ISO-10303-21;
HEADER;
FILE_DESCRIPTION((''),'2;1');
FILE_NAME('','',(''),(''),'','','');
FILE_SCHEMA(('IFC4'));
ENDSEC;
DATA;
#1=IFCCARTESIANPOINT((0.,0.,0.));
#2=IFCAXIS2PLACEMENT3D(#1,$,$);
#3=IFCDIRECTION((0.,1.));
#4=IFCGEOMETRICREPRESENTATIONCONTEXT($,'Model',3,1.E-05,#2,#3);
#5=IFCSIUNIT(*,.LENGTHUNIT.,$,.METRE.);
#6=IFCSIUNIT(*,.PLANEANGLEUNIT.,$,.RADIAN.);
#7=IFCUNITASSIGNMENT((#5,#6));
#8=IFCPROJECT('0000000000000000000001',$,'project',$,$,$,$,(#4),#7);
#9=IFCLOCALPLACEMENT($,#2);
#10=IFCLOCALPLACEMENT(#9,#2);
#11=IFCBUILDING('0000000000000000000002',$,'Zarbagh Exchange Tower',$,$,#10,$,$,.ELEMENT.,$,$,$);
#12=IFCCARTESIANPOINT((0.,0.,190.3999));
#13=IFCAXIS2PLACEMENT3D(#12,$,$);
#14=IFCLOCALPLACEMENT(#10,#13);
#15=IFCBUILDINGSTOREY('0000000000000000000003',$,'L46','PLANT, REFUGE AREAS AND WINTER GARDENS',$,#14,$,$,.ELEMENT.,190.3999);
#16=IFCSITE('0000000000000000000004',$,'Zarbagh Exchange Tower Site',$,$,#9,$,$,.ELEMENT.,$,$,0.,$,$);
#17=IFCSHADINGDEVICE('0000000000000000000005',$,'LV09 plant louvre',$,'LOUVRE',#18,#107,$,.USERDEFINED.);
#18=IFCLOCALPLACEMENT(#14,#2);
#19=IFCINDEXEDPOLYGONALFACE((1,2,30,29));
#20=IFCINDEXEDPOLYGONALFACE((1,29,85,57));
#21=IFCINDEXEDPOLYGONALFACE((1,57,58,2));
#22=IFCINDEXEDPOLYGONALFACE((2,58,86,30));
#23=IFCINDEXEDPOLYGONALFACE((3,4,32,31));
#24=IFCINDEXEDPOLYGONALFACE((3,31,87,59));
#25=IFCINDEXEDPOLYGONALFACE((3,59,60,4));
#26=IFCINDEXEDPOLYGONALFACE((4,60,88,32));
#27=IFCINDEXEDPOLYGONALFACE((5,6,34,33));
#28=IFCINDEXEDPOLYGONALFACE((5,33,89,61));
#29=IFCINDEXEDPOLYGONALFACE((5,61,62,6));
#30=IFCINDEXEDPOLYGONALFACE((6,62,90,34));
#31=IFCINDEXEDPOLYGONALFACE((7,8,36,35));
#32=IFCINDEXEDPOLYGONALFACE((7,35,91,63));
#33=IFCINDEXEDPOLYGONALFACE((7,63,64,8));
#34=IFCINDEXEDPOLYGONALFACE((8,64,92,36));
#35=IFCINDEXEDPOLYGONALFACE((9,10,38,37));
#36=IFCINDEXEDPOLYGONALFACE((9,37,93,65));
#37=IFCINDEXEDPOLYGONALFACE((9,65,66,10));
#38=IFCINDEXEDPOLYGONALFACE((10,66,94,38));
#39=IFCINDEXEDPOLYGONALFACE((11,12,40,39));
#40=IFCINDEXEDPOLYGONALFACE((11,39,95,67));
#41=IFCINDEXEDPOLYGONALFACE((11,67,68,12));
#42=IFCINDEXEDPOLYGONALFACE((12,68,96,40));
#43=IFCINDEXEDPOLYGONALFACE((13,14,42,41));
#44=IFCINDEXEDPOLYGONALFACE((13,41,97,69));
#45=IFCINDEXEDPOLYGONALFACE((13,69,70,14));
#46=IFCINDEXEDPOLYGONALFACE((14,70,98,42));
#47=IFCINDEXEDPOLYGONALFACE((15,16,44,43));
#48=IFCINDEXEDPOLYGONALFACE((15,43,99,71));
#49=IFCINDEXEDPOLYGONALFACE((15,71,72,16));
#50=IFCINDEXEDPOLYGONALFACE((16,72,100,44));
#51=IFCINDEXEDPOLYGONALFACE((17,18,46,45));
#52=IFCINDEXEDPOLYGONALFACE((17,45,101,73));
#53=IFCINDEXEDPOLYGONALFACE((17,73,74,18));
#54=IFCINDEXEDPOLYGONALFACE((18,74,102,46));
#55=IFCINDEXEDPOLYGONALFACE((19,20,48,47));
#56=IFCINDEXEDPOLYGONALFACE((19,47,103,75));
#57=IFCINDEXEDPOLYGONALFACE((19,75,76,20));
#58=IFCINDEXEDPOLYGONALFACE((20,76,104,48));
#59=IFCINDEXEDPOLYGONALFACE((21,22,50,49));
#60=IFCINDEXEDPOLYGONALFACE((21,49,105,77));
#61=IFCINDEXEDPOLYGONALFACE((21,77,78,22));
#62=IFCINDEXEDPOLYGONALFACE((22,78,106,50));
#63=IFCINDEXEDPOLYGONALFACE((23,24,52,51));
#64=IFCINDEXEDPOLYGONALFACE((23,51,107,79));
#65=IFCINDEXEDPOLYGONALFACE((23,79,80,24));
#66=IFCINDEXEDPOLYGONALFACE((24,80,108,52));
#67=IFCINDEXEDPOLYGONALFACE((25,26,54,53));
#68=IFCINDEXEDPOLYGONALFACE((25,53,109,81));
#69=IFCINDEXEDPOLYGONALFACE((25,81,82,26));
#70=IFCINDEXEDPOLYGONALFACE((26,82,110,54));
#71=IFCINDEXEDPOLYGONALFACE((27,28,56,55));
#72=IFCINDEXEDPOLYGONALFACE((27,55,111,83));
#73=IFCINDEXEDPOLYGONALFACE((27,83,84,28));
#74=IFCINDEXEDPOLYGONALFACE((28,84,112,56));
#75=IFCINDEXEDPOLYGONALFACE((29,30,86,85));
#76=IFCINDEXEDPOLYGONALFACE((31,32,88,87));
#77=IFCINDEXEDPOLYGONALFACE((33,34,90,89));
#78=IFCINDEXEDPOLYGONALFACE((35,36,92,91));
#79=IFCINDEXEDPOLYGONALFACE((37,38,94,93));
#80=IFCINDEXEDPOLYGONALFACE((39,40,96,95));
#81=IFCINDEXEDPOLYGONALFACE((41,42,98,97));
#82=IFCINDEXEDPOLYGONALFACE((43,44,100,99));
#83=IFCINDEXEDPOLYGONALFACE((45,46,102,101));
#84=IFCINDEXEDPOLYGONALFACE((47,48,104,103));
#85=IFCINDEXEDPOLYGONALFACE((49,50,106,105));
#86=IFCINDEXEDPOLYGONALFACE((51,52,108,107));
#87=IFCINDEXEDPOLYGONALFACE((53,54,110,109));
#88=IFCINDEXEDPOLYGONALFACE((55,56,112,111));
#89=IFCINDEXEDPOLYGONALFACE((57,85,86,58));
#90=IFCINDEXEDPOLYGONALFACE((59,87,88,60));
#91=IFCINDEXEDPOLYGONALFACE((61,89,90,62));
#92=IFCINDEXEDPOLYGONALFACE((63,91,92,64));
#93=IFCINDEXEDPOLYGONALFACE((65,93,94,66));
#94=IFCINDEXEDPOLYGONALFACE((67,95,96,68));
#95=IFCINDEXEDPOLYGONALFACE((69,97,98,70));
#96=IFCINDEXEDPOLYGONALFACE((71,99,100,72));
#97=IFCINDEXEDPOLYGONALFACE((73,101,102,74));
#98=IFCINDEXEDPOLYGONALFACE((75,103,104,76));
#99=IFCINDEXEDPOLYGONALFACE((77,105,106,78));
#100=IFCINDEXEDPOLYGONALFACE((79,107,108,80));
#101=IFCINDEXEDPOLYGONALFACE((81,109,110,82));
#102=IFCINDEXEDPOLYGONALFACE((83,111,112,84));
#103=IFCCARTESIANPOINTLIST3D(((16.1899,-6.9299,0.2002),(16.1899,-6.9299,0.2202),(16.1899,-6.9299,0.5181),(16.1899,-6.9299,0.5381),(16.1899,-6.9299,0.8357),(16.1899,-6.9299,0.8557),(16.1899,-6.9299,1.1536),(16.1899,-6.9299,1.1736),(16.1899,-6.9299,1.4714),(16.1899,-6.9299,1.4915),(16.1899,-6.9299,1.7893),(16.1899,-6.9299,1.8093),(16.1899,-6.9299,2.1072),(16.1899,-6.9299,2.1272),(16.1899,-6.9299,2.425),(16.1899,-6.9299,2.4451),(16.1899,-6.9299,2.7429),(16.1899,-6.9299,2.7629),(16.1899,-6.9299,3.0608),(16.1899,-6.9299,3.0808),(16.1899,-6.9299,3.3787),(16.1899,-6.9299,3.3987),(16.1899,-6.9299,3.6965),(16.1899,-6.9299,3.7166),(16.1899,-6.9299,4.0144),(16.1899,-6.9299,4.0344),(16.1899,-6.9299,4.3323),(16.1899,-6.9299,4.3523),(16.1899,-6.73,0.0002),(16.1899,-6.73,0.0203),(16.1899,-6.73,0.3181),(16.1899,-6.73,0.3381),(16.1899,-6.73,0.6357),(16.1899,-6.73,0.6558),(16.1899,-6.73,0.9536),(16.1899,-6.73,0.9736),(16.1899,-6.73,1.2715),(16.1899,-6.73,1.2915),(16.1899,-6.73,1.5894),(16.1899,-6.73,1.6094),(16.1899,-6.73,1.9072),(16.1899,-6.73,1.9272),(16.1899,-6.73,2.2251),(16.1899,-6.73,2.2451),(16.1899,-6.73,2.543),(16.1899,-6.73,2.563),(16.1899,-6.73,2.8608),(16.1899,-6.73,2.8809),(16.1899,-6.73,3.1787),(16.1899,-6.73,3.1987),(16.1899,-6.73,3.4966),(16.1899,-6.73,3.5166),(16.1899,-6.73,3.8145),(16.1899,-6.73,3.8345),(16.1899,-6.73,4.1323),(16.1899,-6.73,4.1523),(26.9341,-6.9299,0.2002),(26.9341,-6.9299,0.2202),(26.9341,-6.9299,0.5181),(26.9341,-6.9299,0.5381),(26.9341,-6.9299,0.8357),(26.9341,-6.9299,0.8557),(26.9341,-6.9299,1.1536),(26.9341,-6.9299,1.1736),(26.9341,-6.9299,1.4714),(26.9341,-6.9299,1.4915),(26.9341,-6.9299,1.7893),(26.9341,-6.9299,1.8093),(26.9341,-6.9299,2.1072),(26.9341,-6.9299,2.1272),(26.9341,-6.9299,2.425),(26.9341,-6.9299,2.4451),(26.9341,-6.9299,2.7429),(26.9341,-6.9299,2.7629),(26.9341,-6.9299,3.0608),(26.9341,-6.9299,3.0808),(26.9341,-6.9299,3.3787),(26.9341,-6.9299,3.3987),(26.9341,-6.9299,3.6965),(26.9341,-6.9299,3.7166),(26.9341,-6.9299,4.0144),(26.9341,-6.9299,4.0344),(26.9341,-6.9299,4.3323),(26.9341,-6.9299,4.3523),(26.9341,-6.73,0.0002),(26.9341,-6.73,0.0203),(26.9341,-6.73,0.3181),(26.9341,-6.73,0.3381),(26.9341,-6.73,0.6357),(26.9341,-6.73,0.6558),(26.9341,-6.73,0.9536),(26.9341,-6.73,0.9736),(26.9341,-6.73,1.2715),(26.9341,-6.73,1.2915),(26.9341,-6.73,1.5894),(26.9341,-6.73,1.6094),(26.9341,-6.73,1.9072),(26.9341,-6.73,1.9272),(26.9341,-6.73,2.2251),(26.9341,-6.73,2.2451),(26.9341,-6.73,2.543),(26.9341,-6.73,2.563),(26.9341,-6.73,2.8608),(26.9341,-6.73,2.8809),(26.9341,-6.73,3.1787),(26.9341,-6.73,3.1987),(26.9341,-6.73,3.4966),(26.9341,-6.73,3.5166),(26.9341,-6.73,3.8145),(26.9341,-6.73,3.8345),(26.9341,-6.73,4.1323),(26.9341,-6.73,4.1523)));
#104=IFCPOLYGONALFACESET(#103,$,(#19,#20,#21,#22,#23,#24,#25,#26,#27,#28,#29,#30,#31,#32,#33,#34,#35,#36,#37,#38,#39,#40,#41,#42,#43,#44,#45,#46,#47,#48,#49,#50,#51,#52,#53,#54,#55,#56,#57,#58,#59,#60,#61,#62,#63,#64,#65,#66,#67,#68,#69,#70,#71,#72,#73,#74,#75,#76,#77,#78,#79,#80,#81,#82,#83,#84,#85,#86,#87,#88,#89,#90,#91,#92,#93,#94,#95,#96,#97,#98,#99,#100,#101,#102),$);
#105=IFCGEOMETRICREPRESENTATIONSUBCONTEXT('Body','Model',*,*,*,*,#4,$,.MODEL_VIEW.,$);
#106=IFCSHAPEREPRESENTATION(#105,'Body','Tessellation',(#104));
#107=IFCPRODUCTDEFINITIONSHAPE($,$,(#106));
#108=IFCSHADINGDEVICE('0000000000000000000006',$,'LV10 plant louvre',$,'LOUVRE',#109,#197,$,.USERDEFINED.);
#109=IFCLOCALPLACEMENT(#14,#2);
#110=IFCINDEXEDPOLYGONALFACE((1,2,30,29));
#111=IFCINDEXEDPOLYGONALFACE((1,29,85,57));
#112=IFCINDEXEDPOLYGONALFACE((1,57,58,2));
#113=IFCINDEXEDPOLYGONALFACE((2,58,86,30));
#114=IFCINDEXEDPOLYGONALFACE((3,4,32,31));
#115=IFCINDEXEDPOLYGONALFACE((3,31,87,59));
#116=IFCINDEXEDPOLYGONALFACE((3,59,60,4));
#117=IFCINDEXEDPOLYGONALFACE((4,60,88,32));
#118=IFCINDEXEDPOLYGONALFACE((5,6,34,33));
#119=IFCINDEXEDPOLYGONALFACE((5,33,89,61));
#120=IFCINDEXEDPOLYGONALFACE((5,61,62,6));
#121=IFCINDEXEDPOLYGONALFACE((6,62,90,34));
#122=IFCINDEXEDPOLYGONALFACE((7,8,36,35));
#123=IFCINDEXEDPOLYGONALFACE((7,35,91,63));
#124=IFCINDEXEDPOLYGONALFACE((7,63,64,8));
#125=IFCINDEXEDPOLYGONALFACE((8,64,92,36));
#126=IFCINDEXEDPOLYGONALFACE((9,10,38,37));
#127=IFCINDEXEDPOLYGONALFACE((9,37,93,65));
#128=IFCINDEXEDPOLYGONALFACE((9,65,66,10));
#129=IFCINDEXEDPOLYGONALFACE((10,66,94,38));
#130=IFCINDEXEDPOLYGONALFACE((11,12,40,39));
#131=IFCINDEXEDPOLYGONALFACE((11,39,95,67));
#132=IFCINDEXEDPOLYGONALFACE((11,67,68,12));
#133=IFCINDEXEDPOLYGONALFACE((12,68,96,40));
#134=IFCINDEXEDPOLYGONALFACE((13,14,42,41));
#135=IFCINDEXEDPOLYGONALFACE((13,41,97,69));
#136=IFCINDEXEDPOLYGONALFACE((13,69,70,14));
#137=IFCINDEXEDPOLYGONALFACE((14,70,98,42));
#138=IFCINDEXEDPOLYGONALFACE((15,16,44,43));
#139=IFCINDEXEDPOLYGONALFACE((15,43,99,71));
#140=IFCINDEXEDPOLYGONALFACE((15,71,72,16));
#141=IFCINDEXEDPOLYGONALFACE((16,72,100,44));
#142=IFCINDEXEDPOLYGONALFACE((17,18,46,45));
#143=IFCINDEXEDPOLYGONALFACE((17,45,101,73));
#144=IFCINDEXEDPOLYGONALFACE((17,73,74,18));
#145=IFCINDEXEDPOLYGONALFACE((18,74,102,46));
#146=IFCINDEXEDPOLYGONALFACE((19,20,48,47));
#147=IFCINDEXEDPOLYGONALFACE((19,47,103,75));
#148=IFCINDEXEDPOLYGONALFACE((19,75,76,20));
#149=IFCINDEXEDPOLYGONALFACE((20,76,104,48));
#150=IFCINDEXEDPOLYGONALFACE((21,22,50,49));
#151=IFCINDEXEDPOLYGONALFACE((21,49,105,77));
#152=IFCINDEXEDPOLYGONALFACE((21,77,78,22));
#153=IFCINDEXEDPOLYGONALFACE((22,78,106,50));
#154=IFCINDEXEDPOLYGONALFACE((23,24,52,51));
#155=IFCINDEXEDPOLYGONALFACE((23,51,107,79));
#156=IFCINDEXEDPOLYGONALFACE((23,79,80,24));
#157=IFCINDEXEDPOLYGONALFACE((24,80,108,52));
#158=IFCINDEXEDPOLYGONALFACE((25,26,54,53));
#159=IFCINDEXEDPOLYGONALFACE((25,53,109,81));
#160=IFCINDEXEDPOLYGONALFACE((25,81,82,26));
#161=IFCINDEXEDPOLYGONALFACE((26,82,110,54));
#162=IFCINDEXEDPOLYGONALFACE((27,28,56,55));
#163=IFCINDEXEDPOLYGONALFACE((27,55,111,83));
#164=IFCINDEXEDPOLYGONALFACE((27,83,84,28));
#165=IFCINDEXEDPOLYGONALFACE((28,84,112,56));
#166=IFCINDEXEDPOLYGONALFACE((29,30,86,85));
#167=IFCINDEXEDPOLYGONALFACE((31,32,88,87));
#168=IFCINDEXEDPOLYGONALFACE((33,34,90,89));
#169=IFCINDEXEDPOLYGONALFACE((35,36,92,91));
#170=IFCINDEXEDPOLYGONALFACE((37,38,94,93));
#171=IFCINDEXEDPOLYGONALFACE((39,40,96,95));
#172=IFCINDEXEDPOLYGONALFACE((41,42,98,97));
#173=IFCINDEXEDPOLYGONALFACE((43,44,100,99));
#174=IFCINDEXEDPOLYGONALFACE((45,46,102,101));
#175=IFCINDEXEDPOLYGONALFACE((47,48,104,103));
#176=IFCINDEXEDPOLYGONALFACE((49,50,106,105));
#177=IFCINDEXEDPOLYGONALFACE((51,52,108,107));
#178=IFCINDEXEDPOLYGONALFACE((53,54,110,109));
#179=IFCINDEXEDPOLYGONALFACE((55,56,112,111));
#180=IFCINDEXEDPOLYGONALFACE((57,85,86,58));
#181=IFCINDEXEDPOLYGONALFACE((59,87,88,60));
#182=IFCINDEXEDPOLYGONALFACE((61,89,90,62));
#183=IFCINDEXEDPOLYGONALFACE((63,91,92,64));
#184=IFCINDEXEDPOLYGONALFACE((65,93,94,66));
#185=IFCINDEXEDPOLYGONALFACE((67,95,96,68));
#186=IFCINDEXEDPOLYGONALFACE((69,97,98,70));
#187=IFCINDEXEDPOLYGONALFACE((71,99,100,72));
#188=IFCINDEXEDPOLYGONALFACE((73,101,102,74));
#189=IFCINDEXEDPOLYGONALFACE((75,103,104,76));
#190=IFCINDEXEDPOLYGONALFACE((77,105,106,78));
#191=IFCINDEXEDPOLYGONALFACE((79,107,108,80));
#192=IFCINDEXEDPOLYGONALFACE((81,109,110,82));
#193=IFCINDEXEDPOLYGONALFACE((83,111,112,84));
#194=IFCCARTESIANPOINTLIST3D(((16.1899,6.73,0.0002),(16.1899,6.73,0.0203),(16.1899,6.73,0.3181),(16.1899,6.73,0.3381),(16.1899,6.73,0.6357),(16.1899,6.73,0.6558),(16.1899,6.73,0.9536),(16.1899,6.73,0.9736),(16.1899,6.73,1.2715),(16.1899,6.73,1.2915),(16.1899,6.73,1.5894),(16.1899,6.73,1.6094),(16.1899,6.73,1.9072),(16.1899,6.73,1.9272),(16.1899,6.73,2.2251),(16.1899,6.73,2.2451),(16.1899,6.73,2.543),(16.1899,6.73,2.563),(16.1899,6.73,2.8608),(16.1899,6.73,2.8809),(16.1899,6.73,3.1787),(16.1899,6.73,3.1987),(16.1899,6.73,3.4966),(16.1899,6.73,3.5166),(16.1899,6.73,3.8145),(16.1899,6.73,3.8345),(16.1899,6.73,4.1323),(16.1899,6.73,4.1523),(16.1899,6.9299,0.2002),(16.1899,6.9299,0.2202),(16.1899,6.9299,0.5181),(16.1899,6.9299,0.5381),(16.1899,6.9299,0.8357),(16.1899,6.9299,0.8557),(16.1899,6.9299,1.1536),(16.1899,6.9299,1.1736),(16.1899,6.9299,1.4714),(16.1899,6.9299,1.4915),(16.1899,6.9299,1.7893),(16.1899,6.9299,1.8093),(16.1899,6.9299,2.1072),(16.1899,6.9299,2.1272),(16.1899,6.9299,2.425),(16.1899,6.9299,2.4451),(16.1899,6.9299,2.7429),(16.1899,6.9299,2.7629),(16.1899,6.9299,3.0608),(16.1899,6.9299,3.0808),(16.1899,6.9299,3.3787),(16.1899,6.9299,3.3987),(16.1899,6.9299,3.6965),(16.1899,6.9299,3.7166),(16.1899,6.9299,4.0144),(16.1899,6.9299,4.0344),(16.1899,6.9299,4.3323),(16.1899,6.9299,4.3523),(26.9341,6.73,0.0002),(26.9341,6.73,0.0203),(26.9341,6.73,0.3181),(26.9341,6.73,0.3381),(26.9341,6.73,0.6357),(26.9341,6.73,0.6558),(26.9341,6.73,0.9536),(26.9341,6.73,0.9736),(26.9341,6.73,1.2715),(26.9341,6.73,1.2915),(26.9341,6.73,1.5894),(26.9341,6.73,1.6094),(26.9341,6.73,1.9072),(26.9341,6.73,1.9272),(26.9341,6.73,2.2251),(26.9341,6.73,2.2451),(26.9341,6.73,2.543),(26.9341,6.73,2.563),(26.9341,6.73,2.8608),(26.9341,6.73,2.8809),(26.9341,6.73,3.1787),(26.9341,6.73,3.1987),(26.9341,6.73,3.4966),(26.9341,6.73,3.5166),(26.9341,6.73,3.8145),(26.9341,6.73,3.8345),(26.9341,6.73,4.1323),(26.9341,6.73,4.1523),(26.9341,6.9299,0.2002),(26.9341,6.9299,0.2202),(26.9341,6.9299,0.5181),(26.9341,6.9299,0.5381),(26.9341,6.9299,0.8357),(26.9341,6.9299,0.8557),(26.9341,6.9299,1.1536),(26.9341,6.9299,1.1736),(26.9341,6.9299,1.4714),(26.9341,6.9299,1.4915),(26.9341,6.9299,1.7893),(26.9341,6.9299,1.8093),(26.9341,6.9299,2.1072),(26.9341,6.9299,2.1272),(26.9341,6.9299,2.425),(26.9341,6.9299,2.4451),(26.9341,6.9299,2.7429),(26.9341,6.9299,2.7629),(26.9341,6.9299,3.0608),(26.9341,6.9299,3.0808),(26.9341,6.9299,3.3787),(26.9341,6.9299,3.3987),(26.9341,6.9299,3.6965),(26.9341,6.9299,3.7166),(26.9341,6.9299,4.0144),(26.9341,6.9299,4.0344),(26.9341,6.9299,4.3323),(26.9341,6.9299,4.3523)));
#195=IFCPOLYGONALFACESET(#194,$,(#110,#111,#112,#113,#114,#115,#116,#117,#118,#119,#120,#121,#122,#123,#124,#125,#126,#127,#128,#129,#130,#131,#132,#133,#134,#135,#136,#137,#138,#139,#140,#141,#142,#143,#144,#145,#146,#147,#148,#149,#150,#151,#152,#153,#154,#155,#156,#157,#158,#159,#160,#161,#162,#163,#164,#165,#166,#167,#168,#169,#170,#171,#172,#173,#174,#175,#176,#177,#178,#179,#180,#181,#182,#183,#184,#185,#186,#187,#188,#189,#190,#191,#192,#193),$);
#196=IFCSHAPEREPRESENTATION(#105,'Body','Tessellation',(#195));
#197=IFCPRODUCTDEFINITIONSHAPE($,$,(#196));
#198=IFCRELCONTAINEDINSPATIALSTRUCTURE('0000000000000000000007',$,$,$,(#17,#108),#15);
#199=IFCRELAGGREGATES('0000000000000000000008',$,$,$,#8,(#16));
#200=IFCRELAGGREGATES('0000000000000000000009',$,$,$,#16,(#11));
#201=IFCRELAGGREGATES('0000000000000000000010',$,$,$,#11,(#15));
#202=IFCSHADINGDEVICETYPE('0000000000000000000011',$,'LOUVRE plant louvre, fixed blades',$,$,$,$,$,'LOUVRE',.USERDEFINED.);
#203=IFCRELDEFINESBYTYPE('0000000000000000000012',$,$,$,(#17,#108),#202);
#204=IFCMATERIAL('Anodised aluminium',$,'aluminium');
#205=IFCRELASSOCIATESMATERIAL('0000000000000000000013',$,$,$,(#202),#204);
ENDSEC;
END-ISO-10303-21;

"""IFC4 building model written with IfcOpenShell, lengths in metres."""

from ifc_helpers import new_model, si_unit, direction, frame, origin, place, context, subcontext, project, spatial, polyline, outline, extrude, source, transform, mapped, material, type_object, element, save


model = new_model("IFC4")

# Units and contexts
model_context = context("Model", 3, precision=1e-05, world=origin(), true_north=direction((0.0, 1.0)))
body_context = subcontext(model_context, "Body", "Model", "MODEL_VIEW")
ifc_project = project(units=[si_unit("LENGTHUNIT", "METRE"), si_unit("PLANEANGLEUNIT", "RADIAN")], contexts=[model_context])

# Site, building, storey
site_placement = place(None, origin())
site = spatial("IfcSite", under=ifc_project, at=site_placement, Name="Zarbagh Exchange Tower Site", CompositionType="ELEMENT", RefElevation=0.0)
building_placement = place(site_placement, origin())
building = spatial("IfcBuilding", under=site, at=building_placement, Name="Zarbagh Exchange Tower", CompositionType="ELEMENT")
storey_placement = place(building_placement, frame((0.0, 0.0, 190.3999)))
storey = spatial("IfcBuildingStorey", under=building, at=storey_placement, Name="L46", Description="PLANT, REFUGE AREAS AND WINTER GARDENS", CompositionType="ELEMENT", Elevation=190.3999)

# Shared definitions
placement = place(storey_placement, origin())

# Shared definitions
ifc_material_1 = material(Name="Anodised aluminium", Category="aluminium")
shading_device_type = type_object("IfcShadingDeviceType", Name="LOUVRE plant louvre, fixed blades", ElementType="LOUVRE", PredefinedType="USERDEFINED", material=ifc_material_1)

# Shading devices
shared_shape_1 = source(origin(), body_context, "Body", "SweptSolid", [
    extrude(outline(polyline([(0.0, 0.2), (0.2, 0.0), (0.2, -0.02), (0.0, 0.1799), (0.0, 0.2)])), origin(), (0.0, 0.0, 1.0), 10.7441),
])
element("IfcShadingDevice", 1, at=placement, inside=storey, type_object=shading_device_type, Name="LV09 plant louvre", ObjectType="LOUVRE", PredefinedType="USERDEFINED", context=body_context, shape_type="MappedRepresentation", body=[
    mapped(shared_shape_1, transform((16.1899, -6.73, 0.2002), x_axis=(0.0, -1.0, 0.0), y_axis=(0.0, 0.0, -1.0), z_axis=(1.0, 0.0, 0.0))),
    mapped(shared_shape_1, transform((16.1899, -6.73, 0.5181), x_axis=(0.0, -1.0, 0.0), y_axis=(0.0, 0.0, -1.0), z_axis=(1.0, 0.0, 0.0))),
    mapped(shared_shape_1, transform((16.1899, -6.73, 0.8357), x_axis=(0.0, -1.0, 0.0), y_axis=(0.0, 0.0, -1.0), z_axis=(1.0, 0.0, 0.0))),
    mapped(shared_shape_1, transform((16.1899, -6.73, 1.1536), x_axis=(0.0, -1.0, 0.0), y_axis=(0.0, 0.0, -1.0), z_axis=(1.0, 0.0, 0.0))),
    mapped(shared_shape_1, transform((16.1899, -6.73, 1.4714), x_axis=(0.0, -1.0, 0.0), y_axis=(0.0, 0.0, -1.0), z_axis=(1.0, 0.0, 0.0))),
    mapped(shared_shape_1, transform((16.1899, -6.73, 1.7893), x_axis=(0.0, -1.0, 0.0), y_axis=(0.0, 0.0, -1.0), z_axis=(1.0, 0.0, 0.0))),
    mapped(shared_shape_1, transform((16.1899, -6.73, 2.1072), x_axis=(0.0, -1.0, 0.0), y_axis=(0.0, 0.0, -1.0), z_axis=(1.0, 0.0, 0.0))),
    mapped(shared_shape_1, transform((16.1899, -6.73, 2.425), x_axis=(0.0, -1.0, 0.0), y_axis=(0.0, 0.0, -1.0), z_axis=(1.0, 0.0, 0.0))),
    mapped(shared_shape_1, transform((16.1899, -6.73, 2.7429), x_axis=(0.0, -1.0, 0.0), y_axis=(0.0, 0.0, -1.0), z_axis=(1.0, 0.0, 0.0))),
    mapped(shared_shape_1, transform((16.1899, -6.73, 3.0608), x_axis=(0.0, -1.0, 0.0), y_axis=(0.0, 0.0, -1.0), z_axis=(1.0, 0.0, 0.0))),
    mapped(shared_shape_1, transform((16.1899, -6.73, 3.3787), x_axis=(0.0, -1.0, 0.0), y_axis=(0.0, 0.0, -1.0), z_axis=(1.0, 0.0, 0.0))),
    mapped(shared_shape_1, transform((16.1899, -6.73, 3.6965), x_axis=(0.0, -1.0, 0.0), y_axis=(0.0, 0.0, -1.0), z_axis=(1.0, 0.0, 0.0))),
    mapped(shared_shape_1, transform((16.1899, -6.73, 4.0144), x_axis=(0.0, -1.0, 0.0), y_axis=(0.0, 0.0, -1.0), z_axis=(1.0, 0.0, 0.0))),
    mapped(shared_shape_1, transform((16.1899, -6.73, 4.3323), x_axis=(0.0, -1.0, 0.0), y_axis=(0.0, 0.0, -1.0), z_axis=(1.0, 0.0, 0.0))),
])
element("IfcShadingDevice", 2, at=placement, inside=storey, type_object=shading_device_type, Name="LV10 plant louvre", ObjectType="LOUVRE", PredefinedType="USERDEFINED", context=body_context, shape_type="MappedRepresentation", body=[
    mapped(shared_shape_1, transform((26.9341, 6.73, 0.2002), x_axis=(0.0, 1.0, 0.0), y_axis=(0.0, 0.0, -1.0), z_axis=(-1.0, 0.0, 0.0))),
    mapped(shared_shape_1, transform((26.9341, 6.73, 0.5181), x_axis=(0.0, 1.0, 0.0), y_axis=(0.0, 0.0, -1.0), z_axis=(-1.0, 0.0, 0.0))),
    mapped(shared_shape_1, transform((26.9341, 6.73, 0.8357), x_axis=(0.0, 1.0, 0.0), y_axis=(0.0, 0.0, -1.0), z_axis=(-1.0, 0.0, 0.0))),
    mapped(shared_shape_1, transform((26.9341, 6.73, 1.1536), x_axis=(0.0, 1.0, 0.0), y_axis=(0.0, 0.0, -1.0), z_axis=(-1.0, 0.0, 0.0))),
    mapped(shared_shape_1, transform((26.9341, 6.73, 1.4714), x_axis=(0.0, 1.0, 0.0), y_axis=(0.0, 0.0, -1.0), z_axis=(-1.0, 0.0, 0.0))),
    mapped(shared_shape_1, transform((26.9341, 6.73, 1.7893), x_axis=(0.0, 1.0, 0.0), y_axis=(0.0, 0.0, -1.0), z_axis=(-1.0, 0.0, 0.0))),
    mapped(shared_shape_1, transform((26.9341, 6.73, 2.1072), x_axis=(0.0, 1.0, 0.0), y_axis=(0.0, 0.0, -1.0), z_axis=(-1.0, 0.0, 0.0))),
    mapped(shared_shape_1, transform((26.9341, 6.73, 2.425), x_axis=(0.0, 1.0, 0.0), y_axis=(0.0, 0.0, -1.0), z_axis=(-1.0, 0.0, 0.0))),
    mapped(shared_shape_1, transform((26.9341, 6.73, 2.7429), x_axis=(0.0, 1.0, 0.0), y_axis=(0.0, 0.0, -1.0), z_axis=(-1.0, 0.0, 0.0))),
    mapped(shared_shape_1, transform((26.9341, 6.73, 3.0608), x_axis=(0.0, 1.0, 0.0), y_axis=(0.0, 0.0, -1.0), z_axis=(-1.0, 0.0, 0.0))),
    mapped(shared_shape_1, transform((26.9341, 6.73, 3.3787), x_axis=(0.0, 1.0, 0.0), y_axis=(0.0, 0.0, -1.0), z_axis=(-1.0, 0.0, 0.0))),
    mapped(shared_shape_1, transform((26.9341, 6.73, 3.6965), x_axis=(0.0, 1.0, 0.0), y_axis=(0.0, 0.0, -1.0), z_axis=(-1.0, 0.0, 0.0))),
    mapped(shared_shape_1, transform((26.9341, 6.73, 4.0144), x_axis=(0.0, 1.0, 0.0), y_axis=(0.0, 0.0, -1.0), z_axis=(-1.0, 0.0, 0.0))),
    mapped(shared_shape_1, transform((26.9341, 6.73, 4.3323), x_axis=(0.0, 1.0, 0.0), y_axis=(0.0, 0.0, -1.0), z_axis=(-1.0, 0.0, 0.0))),
])

save(model, "model.ifc")
